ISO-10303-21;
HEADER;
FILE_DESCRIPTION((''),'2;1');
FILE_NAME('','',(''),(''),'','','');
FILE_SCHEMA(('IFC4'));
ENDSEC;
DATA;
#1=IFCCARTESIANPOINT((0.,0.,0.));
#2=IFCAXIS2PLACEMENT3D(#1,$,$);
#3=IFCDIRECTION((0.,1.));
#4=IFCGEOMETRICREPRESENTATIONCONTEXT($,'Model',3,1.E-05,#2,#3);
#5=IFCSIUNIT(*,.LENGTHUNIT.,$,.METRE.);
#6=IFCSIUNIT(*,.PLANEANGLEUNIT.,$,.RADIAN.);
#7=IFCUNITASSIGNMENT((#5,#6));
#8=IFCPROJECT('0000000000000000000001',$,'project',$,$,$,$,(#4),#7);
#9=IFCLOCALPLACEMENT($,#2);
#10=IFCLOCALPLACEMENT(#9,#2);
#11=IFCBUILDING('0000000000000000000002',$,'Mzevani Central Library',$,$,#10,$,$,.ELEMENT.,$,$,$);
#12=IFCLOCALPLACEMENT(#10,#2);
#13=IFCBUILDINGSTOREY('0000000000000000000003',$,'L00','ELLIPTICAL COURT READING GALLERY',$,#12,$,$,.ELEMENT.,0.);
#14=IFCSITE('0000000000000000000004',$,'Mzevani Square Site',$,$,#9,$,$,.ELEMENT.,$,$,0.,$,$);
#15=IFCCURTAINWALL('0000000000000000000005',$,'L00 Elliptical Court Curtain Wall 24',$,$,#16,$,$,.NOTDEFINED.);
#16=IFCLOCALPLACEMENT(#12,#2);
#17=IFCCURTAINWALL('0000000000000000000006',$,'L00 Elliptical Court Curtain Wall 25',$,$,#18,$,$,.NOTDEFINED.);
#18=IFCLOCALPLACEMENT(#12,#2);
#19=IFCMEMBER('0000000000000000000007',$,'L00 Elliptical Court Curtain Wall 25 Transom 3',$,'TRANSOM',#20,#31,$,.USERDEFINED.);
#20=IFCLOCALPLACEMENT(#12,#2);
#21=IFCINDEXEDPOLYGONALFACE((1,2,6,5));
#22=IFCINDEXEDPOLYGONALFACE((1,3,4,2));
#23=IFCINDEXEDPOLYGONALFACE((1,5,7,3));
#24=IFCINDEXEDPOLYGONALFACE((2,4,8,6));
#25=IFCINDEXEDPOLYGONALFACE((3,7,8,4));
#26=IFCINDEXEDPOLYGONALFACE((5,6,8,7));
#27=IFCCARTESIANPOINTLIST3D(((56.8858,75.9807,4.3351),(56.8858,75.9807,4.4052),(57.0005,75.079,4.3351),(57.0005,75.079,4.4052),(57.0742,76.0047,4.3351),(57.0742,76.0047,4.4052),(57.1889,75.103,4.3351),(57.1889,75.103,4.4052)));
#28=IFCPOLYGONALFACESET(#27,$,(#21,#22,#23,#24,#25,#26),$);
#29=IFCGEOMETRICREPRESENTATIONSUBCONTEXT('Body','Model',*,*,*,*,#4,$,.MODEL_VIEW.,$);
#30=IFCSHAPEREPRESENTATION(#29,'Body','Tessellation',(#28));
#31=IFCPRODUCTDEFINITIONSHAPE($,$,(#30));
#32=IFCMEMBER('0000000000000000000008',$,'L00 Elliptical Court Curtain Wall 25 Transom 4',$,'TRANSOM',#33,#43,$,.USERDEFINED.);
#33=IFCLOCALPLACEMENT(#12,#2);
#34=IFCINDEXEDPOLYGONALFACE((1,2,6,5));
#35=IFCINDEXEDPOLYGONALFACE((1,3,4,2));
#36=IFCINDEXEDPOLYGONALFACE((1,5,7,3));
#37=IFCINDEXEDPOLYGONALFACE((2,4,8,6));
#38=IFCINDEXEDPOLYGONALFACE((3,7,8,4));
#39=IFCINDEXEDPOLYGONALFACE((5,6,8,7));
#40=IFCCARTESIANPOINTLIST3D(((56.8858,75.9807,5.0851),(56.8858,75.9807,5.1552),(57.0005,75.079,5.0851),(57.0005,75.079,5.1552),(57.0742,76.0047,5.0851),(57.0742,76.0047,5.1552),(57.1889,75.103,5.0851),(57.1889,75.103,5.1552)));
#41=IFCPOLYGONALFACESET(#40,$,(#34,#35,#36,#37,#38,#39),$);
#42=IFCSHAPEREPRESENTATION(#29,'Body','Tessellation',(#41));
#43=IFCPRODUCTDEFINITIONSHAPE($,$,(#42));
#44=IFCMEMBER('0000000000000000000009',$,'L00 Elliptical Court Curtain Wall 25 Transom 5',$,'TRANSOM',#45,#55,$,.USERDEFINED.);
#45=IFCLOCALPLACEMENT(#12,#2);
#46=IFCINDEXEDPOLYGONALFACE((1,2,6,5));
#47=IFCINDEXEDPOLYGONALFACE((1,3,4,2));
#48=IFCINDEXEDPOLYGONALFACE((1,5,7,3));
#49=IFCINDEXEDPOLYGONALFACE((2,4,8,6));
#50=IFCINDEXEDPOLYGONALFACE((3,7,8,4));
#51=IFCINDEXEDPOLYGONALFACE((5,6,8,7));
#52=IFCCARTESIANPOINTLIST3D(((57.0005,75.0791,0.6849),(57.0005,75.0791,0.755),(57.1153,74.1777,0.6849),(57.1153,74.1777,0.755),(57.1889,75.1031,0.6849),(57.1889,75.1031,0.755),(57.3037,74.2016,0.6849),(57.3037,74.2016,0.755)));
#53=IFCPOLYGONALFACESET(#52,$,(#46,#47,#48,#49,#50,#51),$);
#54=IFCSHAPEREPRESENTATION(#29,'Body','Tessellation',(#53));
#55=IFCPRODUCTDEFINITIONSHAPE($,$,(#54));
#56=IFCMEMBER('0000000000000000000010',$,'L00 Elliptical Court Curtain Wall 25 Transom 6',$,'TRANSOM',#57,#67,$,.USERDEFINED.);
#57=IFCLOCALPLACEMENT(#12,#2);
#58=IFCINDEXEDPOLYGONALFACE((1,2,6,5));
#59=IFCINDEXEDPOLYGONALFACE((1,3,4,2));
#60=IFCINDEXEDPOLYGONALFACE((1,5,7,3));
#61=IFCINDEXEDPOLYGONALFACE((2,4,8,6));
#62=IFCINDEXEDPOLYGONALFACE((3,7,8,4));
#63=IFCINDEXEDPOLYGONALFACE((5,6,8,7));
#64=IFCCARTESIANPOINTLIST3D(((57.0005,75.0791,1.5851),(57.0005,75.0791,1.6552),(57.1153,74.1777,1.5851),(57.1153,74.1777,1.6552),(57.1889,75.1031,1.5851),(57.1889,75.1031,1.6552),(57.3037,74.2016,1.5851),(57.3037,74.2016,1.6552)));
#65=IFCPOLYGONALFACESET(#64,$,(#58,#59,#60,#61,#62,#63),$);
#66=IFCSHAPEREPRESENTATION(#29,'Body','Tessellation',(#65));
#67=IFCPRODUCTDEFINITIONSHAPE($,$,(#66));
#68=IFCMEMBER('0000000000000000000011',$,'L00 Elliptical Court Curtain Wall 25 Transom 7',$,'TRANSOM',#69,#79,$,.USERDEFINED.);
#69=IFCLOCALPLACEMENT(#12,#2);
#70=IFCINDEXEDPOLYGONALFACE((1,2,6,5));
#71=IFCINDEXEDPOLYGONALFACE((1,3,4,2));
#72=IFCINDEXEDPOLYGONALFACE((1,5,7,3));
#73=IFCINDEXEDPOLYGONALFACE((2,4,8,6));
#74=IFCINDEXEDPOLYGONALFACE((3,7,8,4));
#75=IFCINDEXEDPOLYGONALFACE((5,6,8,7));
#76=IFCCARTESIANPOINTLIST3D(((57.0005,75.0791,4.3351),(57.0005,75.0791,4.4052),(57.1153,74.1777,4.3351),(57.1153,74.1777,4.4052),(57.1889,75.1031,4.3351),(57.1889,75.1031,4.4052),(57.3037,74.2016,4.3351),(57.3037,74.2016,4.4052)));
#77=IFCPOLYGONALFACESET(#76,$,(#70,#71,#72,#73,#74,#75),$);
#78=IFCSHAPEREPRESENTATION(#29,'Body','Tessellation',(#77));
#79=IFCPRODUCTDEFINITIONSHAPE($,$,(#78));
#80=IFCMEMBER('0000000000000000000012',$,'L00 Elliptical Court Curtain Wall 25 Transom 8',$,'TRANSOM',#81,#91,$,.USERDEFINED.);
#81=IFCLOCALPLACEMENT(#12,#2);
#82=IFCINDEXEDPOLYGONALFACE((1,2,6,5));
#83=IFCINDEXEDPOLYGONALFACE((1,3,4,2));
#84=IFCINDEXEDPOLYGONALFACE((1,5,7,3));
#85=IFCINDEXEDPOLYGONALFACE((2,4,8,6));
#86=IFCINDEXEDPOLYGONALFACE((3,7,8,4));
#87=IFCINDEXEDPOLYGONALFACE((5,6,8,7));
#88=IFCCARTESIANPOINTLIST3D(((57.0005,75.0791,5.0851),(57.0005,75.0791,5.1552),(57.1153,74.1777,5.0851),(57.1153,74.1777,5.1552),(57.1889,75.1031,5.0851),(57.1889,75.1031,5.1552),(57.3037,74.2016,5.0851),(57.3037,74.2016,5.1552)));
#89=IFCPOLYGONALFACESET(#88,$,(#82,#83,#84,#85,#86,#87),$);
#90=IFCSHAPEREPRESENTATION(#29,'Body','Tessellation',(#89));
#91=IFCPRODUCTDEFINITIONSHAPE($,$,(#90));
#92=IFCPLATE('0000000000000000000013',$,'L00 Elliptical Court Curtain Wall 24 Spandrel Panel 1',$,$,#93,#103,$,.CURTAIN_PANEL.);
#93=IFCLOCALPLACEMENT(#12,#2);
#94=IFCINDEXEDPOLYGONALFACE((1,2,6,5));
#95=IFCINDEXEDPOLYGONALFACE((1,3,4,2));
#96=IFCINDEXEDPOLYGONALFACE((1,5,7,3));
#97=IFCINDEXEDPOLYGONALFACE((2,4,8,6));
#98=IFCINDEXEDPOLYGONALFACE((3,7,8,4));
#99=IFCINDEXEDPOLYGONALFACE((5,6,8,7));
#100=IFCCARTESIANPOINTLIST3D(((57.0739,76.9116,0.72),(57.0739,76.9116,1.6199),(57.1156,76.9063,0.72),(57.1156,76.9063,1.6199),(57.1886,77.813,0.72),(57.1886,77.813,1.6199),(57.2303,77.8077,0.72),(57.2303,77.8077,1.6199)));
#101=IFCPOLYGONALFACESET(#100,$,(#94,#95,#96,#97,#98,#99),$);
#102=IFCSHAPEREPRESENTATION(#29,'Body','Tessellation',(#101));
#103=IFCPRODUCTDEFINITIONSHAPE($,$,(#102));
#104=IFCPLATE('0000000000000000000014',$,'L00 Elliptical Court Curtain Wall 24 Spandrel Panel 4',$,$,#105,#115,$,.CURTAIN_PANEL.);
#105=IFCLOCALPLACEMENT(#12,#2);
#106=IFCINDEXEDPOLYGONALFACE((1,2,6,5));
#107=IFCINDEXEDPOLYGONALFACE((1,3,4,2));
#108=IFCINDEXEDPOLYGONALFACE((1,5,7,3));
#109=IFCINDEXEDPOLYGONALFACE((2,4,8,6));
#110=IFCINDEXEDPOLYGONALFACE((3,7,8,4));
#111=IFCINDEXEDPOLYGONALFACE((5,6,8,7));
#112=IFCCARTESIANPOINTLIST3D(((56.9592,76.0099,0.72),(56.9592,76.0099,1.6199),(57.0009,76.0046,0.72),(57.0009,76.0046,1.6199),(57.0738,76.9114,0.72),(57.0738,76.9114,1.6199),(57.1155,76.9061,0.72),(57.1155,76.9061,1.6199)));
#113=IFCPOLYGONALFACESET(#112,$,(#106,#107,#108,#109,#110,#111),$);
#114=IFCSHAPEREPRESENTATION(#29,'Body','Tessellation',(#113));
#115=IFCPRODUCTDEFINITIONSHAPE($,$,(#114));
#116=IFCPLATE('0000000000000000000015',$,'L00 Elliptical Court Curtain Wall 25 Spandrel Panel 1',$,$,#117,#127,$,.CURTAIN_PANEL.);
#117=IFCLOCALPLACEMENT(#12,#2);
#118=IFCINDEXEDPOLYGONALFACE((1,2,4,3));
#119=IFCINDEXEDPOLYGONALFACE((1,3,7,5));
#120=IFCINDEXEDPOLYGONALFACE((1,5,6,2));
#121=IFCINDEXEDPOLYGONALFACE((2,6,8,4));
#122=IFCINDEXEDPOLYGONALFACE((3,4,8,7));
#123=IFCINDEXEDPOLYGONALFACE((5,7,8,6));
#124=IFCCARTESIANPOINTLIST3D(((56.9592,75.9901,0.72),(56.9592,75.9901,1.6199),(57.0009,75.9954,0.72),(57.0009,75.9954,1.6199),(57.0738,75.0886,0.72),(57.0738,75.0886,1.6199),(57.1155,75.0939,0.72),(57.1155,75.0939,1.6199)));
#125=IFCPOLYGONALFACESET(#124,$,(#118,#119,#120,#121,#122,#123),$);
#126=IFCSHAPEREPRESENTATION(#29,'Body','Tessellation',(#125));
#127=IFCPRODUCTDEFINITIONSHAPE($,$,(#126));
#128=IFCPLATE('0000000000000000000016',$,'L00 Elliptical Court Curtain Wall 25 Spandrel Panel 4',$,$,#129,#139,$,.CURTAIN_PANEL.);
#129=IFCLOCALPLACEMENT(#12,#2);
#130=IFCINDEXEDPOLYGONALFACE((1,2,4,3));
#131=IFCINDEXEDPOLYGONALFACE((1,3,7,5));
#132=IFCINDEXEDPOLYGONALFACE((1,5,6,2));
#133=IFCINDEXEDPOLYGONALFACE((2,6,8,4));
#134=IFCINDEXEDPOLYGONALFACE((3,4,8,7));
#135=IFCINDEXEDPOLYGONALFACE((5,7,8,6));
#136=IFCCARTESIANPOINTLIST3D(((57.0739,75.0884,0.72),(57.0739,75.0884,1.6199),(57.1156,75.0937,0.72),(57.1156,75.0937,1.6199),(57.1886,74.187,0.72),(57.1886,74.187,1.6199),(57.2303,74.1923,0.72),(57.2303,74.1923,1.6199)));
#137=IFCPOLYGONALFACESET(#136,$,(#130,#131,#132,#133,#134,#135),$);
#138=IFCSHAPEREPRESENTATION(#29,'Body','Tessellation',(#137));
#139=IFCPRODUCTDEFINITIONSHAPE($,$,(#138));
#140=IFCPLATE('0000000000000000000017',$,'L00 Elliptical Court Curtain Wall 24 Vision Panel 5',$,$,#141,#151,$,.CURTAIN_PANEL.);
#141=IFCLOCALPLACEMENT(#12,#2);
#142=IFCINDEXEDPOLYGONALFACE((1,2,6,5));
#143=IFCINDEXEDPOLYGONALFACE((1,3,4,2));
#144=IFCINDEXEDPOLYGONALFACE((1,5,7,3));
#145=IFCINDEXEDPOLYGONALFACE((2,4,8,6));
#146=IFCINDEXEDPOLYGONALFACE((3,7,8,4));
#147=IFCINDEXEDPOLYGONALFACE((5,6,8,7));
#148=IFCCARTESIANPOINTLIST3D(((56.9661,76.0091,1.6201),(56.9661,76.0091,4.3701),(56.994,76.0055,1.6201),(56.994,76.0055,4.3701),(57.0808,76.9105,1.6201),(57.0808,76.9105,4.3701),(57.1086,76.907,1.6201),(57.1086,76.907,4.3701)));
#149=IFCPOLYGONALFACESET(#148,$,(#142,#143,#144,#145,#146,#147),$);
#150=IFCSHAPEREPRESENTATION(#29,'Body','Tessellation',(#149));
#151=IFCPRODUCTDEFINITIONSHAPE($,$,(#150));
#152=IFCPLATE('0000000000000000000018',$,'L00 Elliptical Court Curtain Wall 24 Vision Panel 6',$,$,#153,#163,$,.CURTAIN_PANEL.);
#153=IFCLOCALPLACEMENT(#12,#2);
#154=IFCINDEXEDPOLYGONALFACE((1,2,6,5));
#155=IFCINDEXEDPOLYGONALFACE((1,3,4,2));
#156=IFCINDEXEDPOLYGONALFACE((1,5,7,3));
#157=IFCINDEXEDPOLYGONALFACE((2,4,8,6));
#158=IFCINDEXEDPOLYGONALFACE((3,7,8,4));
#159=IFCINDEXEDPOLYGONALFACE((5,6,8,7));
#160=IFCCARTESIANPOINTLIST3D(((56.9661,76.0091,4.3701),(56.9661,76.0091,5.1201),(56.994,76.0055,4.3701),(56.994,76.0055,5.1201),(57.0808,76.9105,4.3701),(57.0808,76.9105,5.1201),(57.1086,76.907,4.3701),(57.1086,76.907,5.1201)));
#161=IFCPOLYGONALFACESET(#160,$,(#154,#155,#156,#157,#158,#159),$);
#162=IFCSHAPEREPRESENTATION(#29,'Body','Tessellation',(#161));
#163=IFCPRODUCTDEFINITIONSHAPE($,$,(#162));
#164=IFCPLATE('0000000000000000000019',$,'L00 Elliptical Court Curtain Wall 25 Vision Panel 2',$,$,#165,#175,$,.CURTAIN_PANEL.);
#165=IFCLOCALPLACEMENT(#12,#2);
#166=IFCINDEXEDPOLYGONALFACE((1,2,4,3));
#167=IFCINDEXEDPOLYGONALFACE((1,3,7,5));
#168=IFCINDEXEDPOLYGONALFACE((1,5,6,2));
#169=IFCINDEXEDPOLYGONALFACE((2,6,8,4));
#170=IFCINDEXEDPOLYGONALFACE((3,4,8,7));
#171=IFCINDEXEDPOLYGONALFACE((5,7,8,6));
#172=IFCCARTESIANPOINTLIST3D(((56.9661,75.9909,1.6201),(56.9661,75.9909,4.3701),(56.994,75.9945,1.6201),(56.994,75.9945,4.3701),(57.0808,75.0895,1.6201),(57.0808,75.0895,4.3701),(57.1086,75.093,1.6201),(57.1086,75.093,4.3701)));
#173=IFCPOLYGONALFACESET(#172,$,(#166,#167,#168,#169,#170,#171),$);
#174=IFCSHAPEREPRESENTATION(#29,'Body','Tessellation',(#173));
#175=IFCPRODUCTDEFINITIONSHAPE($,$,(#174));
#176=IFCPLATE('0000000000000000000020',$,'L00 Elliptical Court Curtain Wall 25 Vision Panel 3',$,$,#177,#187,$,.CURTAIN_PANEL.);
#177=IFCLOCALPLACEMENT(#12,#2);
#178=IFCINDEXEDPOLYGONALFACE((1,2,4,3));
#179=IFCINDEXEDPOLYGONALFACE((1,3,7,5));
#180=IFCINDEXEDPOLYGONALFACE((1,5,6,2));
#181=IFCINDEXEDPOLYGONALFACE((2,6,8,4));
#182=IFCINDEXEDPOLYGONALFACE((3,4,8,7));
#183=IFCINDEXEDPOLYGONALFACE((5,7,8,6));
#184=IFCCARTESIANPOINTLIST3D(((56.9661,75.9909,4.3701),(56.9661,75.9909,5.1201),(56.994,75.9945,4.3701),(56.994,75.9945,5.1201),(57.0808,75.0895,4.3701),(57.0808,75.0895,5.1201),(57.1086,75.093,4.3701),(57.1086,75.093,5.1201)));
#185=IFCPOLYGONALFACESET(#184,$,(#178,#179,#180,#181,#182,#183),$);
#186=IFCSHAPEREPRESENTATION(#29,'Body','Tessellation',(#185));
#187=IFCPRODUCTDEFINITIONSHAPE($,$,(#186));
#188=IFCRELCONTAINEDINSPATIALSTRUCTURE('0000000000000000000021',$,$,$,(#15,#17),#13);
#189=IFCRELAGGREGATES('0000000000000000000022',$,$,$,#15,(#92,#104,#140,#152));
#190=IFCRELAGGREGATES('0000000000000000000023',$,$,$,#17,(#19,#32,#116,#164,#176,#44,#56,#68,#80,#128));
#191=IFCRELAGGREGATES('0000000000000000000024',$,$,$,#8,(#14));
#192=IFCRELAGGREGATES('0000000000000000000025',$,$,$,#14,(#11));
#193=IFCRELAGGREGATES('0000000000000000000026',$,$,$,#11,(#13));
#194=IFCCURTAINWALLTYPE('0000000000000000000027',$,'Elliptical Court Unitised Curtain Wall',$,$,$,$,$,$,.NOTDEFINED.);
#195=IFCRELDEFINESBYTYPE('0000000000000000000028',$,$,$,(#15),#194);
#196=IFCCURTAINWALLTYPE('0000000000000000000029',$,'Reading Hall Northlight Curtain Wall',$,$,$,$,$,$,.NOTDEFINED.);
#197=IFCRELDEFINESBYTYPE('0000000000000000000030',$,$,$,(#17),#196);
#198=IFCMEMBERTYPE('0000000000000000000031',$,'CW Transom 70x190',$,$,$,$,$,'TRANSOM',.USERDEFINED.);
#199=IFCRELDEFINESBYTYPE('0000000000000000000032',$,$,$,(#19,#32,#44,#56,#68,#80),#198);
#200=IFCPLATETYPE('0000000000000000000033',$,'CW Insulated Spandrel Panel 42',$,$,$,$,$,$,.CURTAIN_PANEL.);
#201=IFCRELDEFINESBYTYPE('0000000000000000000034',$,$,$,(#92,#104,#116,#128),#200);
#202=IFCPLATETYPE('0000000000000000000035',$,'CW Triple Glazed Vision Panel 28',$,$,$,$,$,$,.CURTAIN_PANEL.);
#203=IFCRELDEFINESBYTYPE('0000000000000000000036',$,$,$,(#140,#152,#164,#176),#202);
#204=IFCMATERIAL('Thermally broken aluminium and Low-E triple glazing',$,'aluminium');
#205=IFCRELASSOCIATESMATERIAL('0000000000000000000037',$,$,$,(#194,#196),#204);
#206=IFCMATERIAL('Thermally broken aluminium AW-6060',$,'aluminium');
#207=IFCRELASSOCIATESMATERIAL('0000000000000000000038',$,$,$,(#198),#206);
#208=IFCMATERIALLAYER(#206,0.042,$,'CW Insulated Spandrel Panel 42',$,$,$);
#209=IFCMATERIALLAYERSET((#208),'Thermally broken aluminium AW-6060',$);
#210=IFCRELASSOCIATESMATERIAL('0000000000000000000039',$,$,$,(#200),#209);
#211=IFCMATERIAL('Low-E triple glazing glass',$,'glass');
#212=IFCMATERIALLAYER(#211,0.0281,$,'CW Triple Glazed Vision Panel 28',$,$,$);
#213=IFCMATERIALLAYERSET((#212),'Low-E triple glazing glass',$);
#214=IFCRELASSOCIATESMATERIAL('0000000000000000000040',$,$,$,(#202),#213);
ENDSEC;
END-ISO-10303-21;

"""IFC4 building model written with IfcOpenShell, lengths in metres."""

from ifc_helpers import new_model, si_unit, direction, frame, origin, origin_2d, place, context, subcontext, project, spatial, rectangle, extrude, material, layer, layer_set, material_profile, profile_set, type_object, element, aggregate, save


model = new_model("IFC4")

# Units and contexts
model_context = context("Model", 3, precision=1e-05, world=origin(), true_north=direction((0.0, 1.0)))
body_context = subcontext(model_context, "Body", "Model", "MODEL_VIEW")
ifc_project = project(units=[si_unit("LENGTHUNIT", "METRE"), si_unit("PLANEANGLEUNIT", "RADIAN")], contexts=[model_context])

# Site, building, storey
site_placement = place(None, origin())
site = spatial("IfcSite", under=ifc_project, at=site_placement, Name="Mzevani Square Site", CompositionType="ELEMENT", RefElevation=0.0)
building_placement = place(site_placement, origin())
building = spatial("IfcBuilding", under=site, at=building_placement, Name="Mzevani Central Library", CompositionType="ELEMENT")
storey_placement = place(building_placement, origin())
storey = spatial("IfcBuildingStorey", under=building, at=storey_placement, Name="L00", Description="ELLIPTICAL COURT READING GALLERY", CompositionType="ELEMENT", Elevation=0.0)

# Curtain walls
ifc_material_1 = material(Name="Thermally broken aluminium and Low-E triple glazing", Category="aluminium")
curtain_wall_type_1 = type_object("IfcCurtainWallType", Name="Elliptical Court Unitised Curtain Wall", PredefinedType="NOTDEFINED", material=ifc_material_1)
curtain_wall_1_placement = place(storey_placement, origin())
curtain_wall_1 = element("IfcCurtainWall", 1, at=curtain_wall_1_placement, inside=storey, type_object=curtain_wall_type_1, Name="L00 Elliptical Court Curtain Wall 24", PredefinedType="NOTDEFINED")
ifc_material_2 = material(Name="Thermally broken aluminium AW-6060", Category="aluminium")
curtain_wall_type_2 = type_object("IfcCurtainWallType", Name="Reading Hall Northlight Curtain Wall", PredefinedType="NOTDEFINED", material=ifc_material_1)
curtain_wall_2_placement = place(storey_placement, origin())
curtain_wall_2 = element("IfcCurtainWall", 2, at=curtain_wall_2_placement, inside=storey, type_object=curtain_wall_type_2, Name="L00 Elliptical Court Curtain Wall 25", PredefinedType="NOTDEFINED")

# Members
ifc_material_profile_1 = material_profile(ifc_material_2, rectangle(XDim=0.1899, YDim=0.0701, at=origin_2d()), Name="ALU T70x190")
ifc_profile_set_1 = profile_set([ifc_material_profile_1], Name="Thermally broken aluminium AW-6060")
member_type_1 = type_object("IfcMemberType", Name="CW Transom 70x190", ElementType="TRANSOM", PredefinedType="USERDEFINED", material=ifc_profile_set_1)
member_1_placement = place(storey_placement, frame((56.98, 75.9927, 4.3701), z_axis=(0.126249, -0.991999, 0.0), x_axis=(0.991999, 0.126249, 0.0)))
member_1 = element("IfcMember", 3, at=member_1_placement, type_object=member_type_1, Name="L00 Elliptical Court Curtain Wall 25 Transom 3", ObjectType="TRANSOM", PredefinedType="USERDEFINED", context=body_context, shape_type="SweptSolid", body=[
    extrude(rectangle(XDim=0.1899, YDim=0.0701, at=origin_2d()), origin(), (0.0, 0.0, 1.0), 0.9089),
])
member_2_placement = place(storey_placement, frame((56.98, 75.9927, 5.1201), z_axis=(0.126249, -0.991999, 0.0), x_axis=(0.991999, 0.126249, 0.0)))
member_2 = element("IfcMember", 4, at=member_2_placement, type_object=member_type_1, Name="L00 Elliptical Court Curtain Wall 25 Transom 4", ObjectType="TRANSOM", PredefinedType="USERDEFINED", context=body_context, shape_type="SweptSolid", body=[
    extrude(rectangle(XDim=0.1899, YDim=0.0701, at=origin_2d()), origin(), (0.0, 0.0, 1.0), 0.9089),
])
member_3_placement = place(storey_placement, frame((57.0947, 75.0911, 0.72), z_axis=(0.126283, -0.991994, 0.0), x_axis=(0.991994, 0.126283, 0.0)))
member_3 = element("IfcMember", 5, at=member_3_placement, type_object=member_type_1, Name="L00 Elliptical Court Curtain Wall 25 Transom 5", ObjectType="TRANSOM", PredefinedType="USERDEFINED", context=body_context, shape_type="SweptSolid", body=[
    extrude(rectangle(XDim=0.1899, YDim=0.0701, at=origin_2d()), origin(), (0.0, 0.0, 1.0), 0.9087),
])
member_4_placement = place(storey_placement, frame((57.0947, 75.0911, 1.6201), z_axis=(0.126283, -0.991994, 0.0), x_axis=(0.991994, 0.126283, 0.0)))
member_4 = element("IfcMember", 6, at=member_4_placement, type_object=member_type_1, Name="L00 Elliptical Court Curtain Wall 25 Transom 6", ObjectType="TRANSOM", PredefinedType="USERDEFINED", context=body_context, shape_type="SweptSolid", body=[
    extrude(rectangle(XDim=0.1899, YDim=0.0701, at=origin_2d()), origin(), (0.0, 0.0, 1.0), 0.9087),
])
member_5_placement = place(storey_placement, frame((57.0947, 75.0911, 4.3701), z_axis=(0.126283, -0.991994, 0.0), x_axis=(0.991994, 0.126283, 0.0)))
member_5 = element("IfcMember", 7, at=member_5_placement, type_object=member_type_1, Name="L00 Elliptical Court Curtain Wall 25 Transom 7", ObjectType="TRANSOM", PredefinedType="USERDEFINED", context=body_context, shape_type="SweptSolid", body=[
    extrude(rectangle(XDim=0.1899, YDim=0.0701, at=origin_2d()), origin(), (0.0, 0.0, 1.0), 0.9087),
])
member_6_placement = place(storey_placement, frame((57.0947, 75.0911, 5.1201), z_axis=(0.126283, -0.991994, 0.0), x_axis=(0.991994, 0.126283, 0.0)))
member_6 = element("IfcMember", 8, at=member_6_placement, type_object=member_type_1, Name="L00 Elliptical Court Curtain Wall 25 Transom 8", ObjectType="TRANSOM", PredefinedType="USERDEFINED", context=body_context, shape_type="SweptSolid", body=[
    extrude(rectangle(XDim=0.1899, YDim=0.0701, at=origin_2d()), origin(), (0.0, 0.0, 1.0), 0.9087),
])

# Plates
ifc_layer_1 = layer(ifc_material_2, 0.042, Name="CW Insulated Spandrel Panel 42")
ifc_layer_set_1 = layer_set([ifc_layer_1], Name="Thermally broken aluminium AW-6060")
plate_type_1 = type_object("IfcPlateType", Name="CW Insulated Spandrel Panel 42", PredefinedType="CURTAIN_PANEL", material=ifc_layer_set_1)
plate_1_placement = place(storey_placement, frame((57.1521, 77.3596, 0.72), z_axis=(0.0, 0.0, 1.0), x_axis=(-0.126168, -0.992009, 0.0)))
plate_1 = element("IfcPlate", 9, at=plate_1_placement, type_object=plate_type_1, Name="L00 Elliptical Court Curtain Wall 24 Spandrel Panel 1", PredefinedType="CURTAIN_PANEL", context=body_context, shape_type="SweptSolid", body=[
    extrude(rectangle(XDim=0.9087, YDim=0.042, at=origin_2d()), origin(), (0.0, 0.0, 1.0), 0.8999),
])
plate_2_placement = place(storey_placement, frame((57.0374, 76.458, 0.72), z_axis=(0.0, 0.0, 1.0), x_axis=(-0.126168, -0.992009, 0.0)))
plate_2 = element("IfcPlate", 10, at=plate_2_placement, type_object=plate_type_1, Name="L00 Elliptical Court Curtain Wall 24 Spandrel Panel 4", PredefinedType="CURTAIN_PANEL", context=body_context, shape_type="SweptSolid", body=[
    extrude(rectangle(XDim=0.9087, YDim=0.042, at=origin_2d()), origin(), (0.0, 0.0, 1.0), 0.8999),
])
plate_3_placement = place(storey_placement, frame((57.0374, 75.542, 0.72), z_axis=(0.0, 0.0, 1.0), x_axis=(0.126168, -0.992009, 0.0)))
plate_3 = element("IfcPlate", 11, at=plate_3_placement, type_object=plate_type_1, Name="L00 Elliptical Court Curtain Wall 25 Spandrel Panel 1", PredefinedType="CURTAIN_PANEL", context=body_context, shape_type="SweptSolid", body=[
    extrude(rectangle(XDim=0.9087, YDim=0.042, at=origin_2d()), origin(), (0.0, 0.0, 1.0), 0.8999),
])
plate_4_placement = place(storey_placement, frame((57.1521, 74.6404, 0.72), z_axis=(0.0, 0.0, 1.0), x_axis=(0.126168, -0.992009, 0.0)))
plate_4 = element("IfcPlate", 12, at=plate_4_placement, type_object=plate_type_1, Name="L00 Elliptical Court Curtain Wall 25 Spandrel Panel 4", PredefinedType="CURTAIN_PANEL", context=body_context, shape_type="SweptSolid", body=[
    extrude(rectangle(XDim=0.9087, YDim=0.042, at=origin_2d()), origin(), (0.0, 0.0, 1.0), 0.8999),
])
ifc_material_3 = material(Name="Low-E triple glazing glass", Category="glass")
ifc_layer_2 = layer(ifc_material_3, 0.0281, Name="CW Triple Glazed Vision Panel 28")
ifc_layer_set_2 = layer_set([ifc_layer_2], Name="Low-E triple glazing glass")
plate_type_2 = type_object("IfcPlateType", Name="CW Triple Glazed Vision Panel 28", PredefinedType="CURTAIN_PANEL", material=ifc_layer_set_2)
plate_5_placement = place(storey_placement, frame((57.0374, 76.458, 1.6201), z_axis=(0.0, 0.0, 1.0), x_axis=(-0.126168, -0.992009, 0.0)))
plate_5 = element("IfcPlate", 13, at=plate_5_placement, type_object=plate_type_2, Name="L00 Elliptical Court Curtain Wall 24 Vision Panel 5", PredefinedType="CURTAIN_PANEL", context=body_context, shape_type="SweptSolid", body=[
    extrude(rectangle(XDim=0.9087, YDim=0.0281, at=origin_2d()), origin(), (0.0, 0.0, 1.0), 2.75),
])
plate_6_placement = place(storey_placement, frame((57.0374, 76.458, 4.3701), z_axis=(0.0, 0.0, 1.0), x_axis=(-0.126168, -0.992009, 0.0)))
plate_6 = element("IfcPlate", 14, at=plate_6_placement, type_object=plate_type_2, Name="L00 Elliptical Court Curtain Wall 24 Vision Panel 6", PredefinedType="CURTAIN_PANEL", context=body_context, shape_type="SweptSolid", body=[
    extrude(rectangle(XDim=0.9087, YDim=0.0281, at=origin_2d()), origin(), (0.0, 0.0, 1.0), 0.75),
])
aggregate(curtain_wall_1, [plate_1, plate_2, plate_5, plate_6])
plate_7_placement = place(storey_placement, frame((57.0374, 75.542, 1.6201), z_axis=(0.0, 0.0, 1.0), x_axis=(0.126168, -0.992009, 0.0)))
plate_7 = element("IfcPlate", 15, at=plate_7_placement, type_object=plate_type_2, Name="L00 Elliptical Court Curtain Wall 25 Vision Panel 2", PredefinedType="CURTAIN_PANEL", context=body_context, shape_type="SweptSolid", body=[
    extrude(rectangle(XDim=0.9087, YDim=0.0281, at=origin_2d()), origin(), (0.0, 0.0, 1.0), 2.75),
])
plate_8_placement = place(storey_placement, frame((57.0374, 75.542, 4.3701), z_axis=(0.0, 0.0, 1.0), x_axis=(0.126168, -0.992009, 0.0)))
plate_8 = element("IfcPlate", 16, at=plate_8_placement, type_object=plate_type_2, Name="L00 Elliptical Court Curtain Wall 25 Vision Panel 3", PredefinedType="CURTAIN_PANEL", context=body_context, shape_type="SweptSolid", body=[
    extrude(rectangle(XDim=0.9087, YDim=0.0281, at=origin_2d()), origin(), (0.0, 0.0, 1.0), 0.75),
])
aggregate(curtain_wall_2, [member_1, member_2, plate_3, plate_7, plate_8, member_3, member_4, member_5, member_6, plate_4])

save(model, "model.ifc")
